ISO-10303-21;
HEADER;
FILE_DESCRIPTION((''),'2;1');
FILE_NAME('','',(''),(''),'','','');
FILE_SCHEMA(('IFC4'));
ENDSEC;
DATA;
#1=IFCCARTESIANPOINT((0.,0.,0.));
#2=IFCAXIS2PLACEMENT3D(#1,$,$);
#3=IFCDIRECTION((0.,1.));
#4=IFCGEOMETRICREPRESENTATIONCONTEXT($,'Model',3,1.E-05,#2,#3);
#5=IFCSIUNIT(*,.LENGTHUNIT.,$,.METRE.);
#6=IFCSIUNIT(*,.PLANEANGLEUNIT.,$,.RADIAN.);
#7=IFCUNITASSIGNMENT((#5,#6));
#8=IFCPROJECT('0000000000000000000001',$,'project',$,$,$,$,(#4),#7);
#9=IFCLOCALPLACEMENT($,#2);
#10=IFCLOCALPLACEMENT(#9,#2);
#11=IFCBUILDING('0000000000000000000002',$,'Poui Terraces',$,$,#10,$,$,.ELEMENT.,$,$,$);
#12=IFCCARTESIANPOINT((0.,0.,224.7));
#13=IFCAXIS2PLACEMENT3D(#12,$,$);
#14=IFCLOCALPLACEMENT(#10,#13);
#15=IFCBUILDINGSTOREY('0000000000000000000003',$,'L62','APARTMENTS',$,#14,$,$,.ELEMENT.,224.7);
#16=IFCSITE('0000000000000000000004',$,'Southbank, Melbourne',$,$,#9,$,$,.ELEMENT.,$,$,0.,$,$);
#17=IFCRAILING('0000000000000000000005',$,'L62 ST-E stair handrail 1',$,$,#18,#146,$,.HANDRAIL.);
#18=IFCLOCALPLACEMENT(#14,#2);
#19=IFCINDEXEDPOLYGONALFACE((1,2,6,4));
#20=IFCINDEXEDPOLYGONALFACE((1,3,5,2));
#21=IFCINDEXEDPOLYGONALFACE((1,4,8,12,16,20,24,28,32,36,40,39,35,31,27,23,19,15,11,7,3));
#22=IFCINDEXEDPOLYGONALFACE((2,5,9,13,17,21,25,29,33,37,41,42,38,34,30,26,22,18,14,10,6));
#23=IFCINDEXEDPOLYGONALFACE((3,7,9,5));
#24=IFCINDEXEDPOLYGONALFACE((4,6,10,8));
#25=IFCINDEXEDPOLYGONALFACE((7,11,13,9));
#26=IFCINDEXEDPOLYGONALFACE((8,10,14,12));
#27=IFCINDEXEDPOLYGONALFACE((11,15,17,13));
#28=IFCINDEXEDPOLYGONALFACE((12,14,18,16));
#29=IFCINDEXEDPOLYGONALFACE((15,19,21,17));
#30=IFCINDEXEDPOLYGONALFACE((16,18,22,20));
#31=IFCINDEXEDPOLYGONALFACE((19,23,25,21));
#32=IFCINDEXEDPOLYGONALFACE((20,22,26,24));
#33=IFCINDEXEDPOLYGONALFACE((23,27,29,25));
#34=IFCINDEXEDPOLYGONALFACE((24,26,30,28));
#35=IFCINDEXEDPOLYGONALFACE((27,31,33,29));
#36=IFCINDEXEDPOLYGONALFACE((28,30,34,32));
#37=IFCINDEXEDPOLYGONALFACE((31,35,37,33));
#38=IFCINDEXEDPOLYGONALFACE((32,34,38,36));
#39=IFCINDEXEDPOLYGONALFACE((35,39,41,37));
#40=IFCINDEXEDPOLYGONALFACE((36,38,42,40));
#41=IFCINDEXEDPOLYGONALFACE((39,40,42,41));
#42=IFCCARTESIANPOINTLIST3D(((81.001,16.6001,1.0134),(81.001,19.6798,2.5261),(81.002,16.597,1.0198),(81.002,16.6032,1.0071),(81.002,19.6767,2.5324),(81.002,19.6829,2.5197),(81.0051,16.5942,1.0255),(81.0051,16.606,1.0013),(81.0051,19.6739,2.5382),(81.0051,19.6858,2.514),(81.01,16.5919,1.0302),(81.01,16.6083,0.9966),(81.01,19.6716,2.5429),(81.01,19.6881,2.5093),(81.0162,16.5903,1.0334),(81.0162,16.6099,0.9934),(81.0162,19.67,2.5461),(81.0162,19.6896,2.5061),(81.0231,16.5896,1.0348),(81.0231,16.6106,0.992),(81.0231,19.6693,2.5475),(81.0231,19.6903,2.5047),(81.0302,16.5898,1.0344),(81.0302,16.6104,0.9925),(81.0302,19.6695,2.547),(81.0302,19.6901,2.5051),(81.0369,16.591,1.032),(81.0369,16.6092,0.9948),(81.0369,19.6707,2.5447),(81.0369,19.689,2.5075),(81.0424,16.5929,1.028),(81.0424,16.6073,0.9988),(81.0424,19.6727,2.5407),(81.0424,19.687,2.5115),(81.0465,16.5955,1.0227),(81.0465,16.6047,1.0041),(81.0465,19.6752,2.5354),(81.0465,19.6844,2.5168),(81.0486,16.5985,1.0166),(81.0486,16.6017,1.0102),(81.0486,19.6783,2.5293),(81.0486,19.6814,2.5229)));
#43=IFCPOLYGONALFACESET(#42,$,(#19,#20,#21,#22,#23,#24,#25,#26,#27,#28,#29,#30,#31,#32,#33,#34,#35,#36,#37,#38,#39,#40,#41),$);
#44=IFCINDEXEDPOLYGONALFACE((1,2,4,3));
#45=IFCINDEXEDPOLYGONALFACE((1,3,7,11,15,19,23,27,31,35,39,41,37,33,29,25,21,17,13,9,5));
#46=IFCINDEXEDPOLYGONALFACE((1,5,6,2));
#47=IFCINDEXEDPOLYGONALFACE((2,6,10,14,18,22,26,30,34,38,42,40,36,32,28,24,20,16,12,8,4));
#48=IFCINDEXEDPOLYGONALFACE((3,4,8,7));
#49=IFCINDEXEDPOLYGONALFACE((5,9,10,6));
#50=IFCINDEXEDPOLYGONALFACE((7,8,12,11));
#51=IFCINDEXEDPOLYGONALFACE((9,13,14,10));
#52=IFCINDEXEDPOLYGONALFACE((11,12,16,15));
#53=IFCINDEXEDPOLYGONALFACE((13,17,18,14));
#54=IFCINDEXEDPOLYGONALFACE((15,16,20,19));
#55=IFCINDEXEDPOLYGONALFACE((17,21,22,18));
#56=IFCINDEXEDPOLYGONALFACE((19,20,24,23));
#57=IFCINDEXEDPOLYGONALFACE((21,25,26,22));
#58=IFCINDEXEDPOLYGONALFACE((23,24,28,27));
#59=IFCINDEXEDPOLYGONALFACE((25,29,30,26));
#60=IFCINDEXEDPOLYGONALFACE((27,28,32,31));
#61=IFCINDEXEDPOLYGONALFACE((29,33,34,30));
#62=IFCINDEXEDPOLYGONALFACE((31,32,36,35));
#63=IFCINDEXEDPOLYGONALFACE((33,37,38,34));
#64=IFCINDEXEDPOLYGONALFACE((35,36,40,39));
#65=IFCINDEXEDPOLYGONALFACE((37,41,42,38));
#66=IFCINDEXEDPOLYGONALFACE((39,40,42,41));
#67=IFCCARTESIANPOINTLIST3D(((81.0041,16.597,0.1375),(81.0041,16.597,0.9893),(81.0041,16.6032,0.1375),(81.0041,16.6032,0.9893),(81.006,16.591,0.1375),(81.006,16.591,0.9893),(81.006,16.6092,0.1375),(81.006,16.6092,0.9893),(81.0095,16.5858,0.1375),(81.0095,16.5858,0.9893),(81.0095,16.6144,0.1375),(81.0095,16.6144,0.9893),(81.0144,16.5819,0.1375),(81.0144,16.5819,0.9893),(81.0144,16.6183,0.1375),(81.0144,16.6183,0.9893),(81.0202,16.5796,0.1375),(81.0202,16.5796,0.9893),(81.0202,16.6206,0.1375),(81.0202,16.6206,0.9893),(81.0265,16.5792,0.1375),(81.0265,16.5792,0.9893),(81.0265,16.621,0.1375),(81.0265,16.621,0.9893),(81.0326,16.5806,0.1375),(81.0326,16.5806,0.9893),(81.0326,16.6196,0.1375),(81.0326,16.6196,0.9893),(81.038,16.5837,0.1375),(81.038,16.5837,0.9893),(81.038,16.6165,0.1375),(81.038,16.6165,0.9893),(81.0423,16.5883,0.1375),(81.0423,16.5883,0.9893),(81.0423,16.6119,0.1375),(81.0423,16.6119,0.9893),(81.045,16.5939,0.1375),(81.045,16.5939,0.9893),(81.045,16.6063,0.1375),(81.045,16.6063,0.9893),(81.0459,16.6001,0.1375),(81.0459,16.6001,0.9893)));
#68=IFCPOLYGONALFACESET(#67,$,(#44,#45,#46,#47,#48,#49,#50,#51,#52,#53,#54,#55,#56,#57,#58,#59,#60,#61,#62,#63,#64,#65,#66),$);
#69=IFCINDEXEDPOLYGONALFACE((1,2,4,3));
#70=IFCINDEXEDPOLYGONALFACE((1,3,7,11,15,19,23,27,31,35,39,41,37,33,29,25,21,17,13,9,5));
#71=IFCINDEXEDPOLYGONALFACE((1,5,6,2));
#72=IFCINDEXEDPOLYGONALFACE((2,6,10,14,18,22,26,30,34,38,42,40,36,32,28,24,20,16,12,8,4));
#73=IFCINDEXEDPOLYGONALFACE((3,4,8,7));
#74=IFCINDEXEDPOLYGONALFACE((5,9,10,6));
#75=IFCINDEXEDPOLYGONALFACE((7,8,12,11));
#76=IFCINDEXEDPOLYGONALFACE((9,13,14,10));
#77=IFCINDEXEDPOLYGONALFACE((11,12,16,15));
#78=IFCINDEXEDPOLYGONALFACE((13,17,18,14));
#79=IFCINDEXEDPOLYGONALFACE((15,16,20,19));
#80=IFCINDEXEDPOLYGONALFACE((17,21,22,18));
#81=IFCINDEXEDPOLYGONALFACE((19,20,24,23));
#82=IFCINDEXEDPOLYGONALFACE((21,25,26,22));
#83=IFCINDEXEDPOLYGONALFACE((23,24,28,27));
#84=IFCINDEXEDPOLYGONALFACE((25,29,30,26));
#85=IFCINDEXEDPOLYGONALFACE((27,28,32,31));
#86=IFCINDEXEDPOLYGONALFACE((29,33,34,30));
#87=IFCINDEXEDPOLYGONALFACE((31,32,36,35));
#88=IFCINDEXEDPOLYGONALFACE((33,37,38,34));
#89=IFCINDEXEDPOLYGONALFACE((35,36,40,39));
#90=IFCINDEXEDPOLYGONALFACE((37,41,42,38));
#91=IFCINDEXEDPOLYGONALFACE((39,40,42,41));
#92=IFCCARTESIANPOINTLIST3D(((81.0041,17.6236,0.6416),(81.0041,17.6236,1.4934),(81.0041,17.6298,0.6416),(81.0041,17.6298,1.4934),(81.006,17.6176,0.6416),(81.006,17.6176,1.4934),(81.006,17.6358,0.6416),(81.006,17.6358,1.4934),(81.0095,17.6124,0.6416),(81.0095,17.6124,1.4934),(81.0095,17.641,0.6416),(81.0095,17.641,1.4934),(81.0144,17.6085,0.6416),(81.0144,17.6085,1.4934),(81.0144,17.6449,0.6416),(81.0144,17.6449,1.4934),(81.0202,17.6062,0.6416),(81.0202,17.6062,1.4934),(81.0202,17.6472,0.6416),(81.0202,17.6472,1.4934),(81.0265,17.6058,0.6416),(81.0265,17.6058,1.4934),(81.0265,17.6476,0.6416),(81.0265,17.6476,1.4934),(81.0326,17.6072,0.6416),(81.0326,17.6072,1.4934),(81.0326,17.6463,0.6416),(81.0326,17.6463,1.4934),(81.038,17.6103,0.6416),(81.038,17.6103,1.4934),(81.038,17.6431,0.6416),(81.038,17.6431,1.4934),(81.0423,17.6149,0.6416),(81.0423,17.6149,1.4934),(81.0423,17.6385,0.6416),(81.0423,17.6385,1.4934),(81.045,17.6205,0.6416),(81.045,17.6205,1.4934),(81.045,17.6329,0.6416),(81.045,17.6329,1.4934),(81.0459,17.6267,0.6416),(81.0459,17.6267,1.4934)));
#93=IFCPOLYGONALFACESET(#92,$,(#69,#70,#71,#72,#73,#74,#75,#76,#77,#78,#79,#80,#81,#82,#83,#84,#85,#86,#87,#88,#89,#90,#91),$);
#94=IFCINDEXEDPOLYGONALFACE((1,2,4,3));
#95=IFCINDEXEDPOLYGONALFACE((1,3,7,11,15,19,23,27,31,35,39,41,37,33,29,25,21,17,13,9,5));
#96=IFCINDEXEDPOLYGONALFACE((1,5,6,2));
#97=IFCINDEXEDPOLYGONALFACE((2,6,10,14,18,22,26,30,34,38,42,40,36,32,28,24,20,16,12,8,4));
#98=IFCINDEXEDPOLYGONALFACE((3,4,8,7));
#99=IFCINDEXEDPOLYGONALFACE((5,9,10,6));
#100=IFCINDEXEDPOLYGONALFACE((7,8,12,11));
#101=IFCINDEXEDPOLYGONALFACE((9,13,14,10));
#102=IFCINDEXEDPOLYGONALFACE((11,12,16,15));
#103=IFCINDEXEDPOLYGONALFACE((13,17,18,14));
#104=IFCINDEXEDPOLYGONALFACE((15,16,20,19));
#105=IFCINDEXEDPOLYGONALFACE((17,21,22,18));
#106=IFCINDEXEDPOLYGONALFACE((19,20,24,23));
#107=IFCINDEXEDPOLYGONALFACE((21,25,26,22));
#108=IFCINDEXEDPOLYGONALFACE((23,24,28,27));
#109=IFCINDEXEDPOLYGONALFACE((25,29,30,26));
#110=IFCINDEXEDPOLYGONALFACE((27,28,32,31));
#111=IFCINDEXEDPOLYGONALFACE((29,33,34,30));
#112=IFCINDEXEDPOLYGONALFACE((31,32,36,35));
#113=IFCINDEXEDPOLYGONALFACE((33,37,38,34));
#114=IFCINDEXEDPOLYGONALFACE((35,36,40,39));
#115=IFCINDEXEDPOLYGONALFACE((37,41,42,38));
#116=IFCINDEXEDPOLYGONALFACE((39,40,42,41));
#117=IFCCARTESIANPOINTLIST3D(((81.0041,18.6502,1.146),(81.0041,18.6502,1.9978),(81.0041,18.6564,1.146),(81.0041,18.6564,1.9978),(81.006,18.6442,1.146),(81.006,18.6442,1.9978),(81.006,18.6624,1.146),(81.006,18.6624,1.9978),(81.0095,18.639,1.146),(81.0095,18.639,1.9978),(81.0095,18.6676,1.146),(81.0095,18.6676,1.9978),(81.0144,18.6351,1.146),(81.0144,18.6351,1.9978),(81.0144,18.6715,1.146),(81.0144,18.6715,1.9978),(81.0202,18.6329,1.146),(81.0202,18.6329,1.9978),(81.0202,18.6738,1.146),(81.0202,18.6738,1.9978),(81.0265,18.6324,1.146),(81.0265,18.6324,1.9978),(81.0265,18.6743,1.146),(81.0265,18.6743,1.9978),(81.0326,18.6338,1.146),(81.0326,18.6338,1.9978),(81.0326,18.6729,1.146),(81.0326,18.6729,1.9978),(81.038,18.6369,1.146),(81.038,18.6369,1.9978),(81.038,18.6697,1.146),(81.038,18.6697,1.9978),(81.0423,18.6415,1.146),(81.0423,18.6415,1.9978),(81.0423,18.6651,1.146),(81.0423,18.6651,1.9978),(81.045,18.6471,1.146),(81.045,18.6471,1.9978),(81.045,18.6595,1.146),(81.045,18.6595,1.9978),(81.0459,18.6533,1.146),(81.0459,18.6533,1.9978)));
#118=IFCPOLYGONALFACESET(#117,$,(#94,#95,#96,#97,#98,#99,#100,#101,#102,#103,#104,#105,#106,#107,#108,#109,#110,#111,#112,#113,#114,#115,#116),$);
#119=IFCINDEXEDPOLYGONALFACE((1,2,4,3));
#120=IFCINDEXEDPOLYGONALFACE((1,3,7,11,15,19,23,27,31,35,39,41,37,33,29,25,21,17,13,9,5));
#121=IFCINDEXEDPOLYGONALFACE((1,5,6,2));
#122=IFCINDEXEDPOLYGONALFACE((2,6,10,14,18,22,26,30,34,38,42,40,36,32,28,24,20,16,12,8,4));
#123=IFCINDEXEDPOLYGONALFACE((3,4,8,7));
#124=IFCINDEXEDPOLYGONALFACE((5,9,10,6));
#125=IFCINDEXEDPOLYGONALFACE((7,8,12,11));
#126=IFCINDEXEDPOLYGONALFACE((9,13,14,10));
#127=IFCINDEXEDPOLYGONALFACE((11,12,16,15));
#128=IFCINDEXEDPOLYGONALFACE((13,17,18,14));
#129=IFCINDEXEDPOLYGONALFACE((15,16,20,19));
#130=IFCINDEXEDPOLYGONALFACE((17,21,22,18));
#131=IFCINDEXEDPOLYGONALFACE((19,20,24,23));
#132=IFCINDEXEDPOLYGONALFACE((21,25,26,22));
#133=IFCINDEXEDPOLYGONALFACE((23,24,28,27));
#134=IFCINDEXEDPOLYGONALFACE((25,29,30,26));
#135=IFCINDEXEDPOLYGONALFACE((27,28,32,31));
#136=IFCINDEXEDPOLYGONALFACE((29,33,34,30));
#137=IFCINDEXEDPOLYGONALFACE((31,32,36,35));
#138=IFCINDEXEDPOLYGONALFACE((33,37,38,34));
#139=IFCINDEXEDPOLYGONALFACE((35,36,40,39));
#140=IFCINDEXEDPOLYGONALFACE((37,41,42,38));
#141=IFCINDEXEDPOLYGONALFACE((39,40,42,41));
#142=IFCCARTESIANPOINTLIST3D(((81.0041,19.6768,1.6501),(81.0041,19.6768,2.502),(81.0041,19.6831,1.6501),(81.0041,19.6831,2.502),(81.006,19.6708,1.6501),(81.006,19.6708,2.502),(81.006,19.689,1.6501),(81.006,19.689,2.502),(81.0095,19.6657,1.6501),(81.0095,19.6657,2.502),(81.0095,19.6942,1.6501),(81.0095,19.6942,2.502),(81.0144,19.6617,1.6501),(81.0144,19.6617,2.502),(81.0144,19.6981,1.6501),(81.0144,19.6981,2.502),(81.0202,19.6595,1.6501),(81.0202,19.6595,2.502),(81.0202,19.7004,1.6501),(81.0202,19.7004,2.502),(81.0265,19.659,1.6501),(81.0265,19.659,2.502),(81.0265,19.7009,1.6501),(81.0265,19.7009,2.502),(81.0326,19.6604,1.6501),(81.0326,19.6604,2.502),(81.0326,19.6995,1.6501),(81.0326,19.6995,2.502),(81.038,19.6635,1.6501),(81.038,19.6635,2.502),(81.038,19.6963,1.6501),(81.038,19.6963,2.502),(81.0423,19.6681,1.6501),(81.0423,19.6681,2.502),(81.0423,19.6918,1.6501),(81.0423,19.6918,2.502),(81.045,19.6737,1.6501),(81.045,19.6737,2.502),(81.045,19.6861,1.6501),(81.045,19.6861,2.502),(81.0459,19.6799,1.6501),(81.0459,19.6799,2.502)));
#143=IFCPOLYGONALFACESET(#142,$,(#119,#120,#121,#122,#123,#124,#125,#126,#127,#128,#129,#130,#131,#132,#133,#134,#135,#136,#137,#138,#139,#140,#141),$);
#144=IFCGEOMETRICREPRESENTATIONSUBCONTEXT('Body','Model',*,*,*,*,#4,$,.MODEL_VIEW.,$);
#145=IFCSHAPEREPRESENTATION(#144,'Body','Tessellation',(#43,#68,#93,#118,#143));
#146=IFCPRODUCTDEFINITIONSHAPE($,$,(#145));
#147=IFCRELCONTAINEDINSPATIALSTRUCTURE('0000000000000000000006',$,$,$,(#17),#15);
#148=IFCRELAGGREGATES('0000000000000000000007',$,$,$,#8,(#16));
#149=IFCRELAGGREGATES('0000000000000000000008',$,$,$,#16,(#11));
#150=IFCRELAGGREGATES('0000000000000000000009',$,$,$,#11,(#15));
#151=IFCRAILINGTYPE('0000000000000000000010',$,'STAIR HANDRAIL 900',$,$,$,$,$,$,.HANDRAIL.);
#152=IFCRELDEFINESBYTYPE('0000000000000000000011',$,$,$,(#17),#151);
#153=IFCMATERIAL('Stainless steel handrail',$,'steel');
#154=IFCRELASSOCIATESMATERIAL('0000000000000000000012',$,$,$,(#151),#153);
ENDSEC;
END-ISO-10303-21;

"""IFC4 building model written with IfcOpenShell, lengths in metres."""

from ifc_helpers import new_model, si_unit, direction, frame, origin, origin_2d, place, context, subcontext, project, spatial, circle, extrude, material, type_object, element, save


model = new_model("IFC4")

# Units and contexts
model_context = context("Model", 3, precision=1e-05, world=origin(), true_north=direction((0.0, 1.0)))
body_context = subcontext(model_context, "Body", "Model", "MODEL_VIEW")
ifc_project = project(units=[si_unit("LENGTHUNIT", "METRE"), si_unit("PLANEANGLEUNIT", "RADIAN")], contexts=[model_context])

# Site, building, storey
site_placement = place(None, origin())
site = spatial("IfcSite", under=ifc_project, at=site_placement, Name="Southbank, Melbourne", CompositionType="ELEMENT", RefElevation=0.0)
building_placement = place(site_placement, origin())
building = spatial("IfcBuilding", under=site, at=building_placement, Name="Poui Terraces", CompositionType="ELEMENT")
storey_placement = place(building_placement, frame((0.0, 0.0, 224.7)))
storey = spatial("IfcBuildingStorey", under=building, at=storey_placement, Name="L62", Description="APARTMENTS", CompositionType="ELEMENT", Elevation=224.7)

# Railing
ifc_material_1 = material(Name="Stainless steel handrail", Category="steel")
railing_type_1 = type_object("IfcRailingType", Name="STAIR HANDRAIL 900", PredefinedType="HANDRAIL", material=ifc_material_1)
for number, where, name in (
    (1, (81.0249, 16.6001, 0.1375), "L62 ST-E stair handrail 1"),
):
    element("IfcRailing", number, at=place(storey_placement, frame(where)), inside=storey, type_object=railing_type_1, Name=name, PredefinedType="HANDRAIL", context=body_context, shape_type="SweptSolid", body=[
        extrude(circle(Radius=0.0239, at=origin_2d()), frame((0.0, 0.0, 0.876), z_axis=(0.0, 0.897578, 0.440856), x_axis=(-1.0, 0.0, 0.0)), (0.0, 0.0, 1.0), 3.4312),
        extrude(circle(Radius=0.021, at=origin_2d()), origin(), (0.0, 0.0, 1.0), 0.8518),
        extrude(circle(Radius=0.021, at=origin_2d()), frame((0.0, 1.0266, 0.5042)), (0.0, 0.0, 1.0), 0.8518),
        extrude(circle(Radius=0.021, at=origin_2d()), frame((0.0, 2.0532, 1.0085)), (0.0, 0.0, 1.0), 0.8518),
        extrude(circle(Radius=0.021, at=origin_2d()), frame((0.0, 3.0798, 1.5127)), (0.0, 0.0, 1.0), 0.8518),
    ])

save(model, "model.ifc")
